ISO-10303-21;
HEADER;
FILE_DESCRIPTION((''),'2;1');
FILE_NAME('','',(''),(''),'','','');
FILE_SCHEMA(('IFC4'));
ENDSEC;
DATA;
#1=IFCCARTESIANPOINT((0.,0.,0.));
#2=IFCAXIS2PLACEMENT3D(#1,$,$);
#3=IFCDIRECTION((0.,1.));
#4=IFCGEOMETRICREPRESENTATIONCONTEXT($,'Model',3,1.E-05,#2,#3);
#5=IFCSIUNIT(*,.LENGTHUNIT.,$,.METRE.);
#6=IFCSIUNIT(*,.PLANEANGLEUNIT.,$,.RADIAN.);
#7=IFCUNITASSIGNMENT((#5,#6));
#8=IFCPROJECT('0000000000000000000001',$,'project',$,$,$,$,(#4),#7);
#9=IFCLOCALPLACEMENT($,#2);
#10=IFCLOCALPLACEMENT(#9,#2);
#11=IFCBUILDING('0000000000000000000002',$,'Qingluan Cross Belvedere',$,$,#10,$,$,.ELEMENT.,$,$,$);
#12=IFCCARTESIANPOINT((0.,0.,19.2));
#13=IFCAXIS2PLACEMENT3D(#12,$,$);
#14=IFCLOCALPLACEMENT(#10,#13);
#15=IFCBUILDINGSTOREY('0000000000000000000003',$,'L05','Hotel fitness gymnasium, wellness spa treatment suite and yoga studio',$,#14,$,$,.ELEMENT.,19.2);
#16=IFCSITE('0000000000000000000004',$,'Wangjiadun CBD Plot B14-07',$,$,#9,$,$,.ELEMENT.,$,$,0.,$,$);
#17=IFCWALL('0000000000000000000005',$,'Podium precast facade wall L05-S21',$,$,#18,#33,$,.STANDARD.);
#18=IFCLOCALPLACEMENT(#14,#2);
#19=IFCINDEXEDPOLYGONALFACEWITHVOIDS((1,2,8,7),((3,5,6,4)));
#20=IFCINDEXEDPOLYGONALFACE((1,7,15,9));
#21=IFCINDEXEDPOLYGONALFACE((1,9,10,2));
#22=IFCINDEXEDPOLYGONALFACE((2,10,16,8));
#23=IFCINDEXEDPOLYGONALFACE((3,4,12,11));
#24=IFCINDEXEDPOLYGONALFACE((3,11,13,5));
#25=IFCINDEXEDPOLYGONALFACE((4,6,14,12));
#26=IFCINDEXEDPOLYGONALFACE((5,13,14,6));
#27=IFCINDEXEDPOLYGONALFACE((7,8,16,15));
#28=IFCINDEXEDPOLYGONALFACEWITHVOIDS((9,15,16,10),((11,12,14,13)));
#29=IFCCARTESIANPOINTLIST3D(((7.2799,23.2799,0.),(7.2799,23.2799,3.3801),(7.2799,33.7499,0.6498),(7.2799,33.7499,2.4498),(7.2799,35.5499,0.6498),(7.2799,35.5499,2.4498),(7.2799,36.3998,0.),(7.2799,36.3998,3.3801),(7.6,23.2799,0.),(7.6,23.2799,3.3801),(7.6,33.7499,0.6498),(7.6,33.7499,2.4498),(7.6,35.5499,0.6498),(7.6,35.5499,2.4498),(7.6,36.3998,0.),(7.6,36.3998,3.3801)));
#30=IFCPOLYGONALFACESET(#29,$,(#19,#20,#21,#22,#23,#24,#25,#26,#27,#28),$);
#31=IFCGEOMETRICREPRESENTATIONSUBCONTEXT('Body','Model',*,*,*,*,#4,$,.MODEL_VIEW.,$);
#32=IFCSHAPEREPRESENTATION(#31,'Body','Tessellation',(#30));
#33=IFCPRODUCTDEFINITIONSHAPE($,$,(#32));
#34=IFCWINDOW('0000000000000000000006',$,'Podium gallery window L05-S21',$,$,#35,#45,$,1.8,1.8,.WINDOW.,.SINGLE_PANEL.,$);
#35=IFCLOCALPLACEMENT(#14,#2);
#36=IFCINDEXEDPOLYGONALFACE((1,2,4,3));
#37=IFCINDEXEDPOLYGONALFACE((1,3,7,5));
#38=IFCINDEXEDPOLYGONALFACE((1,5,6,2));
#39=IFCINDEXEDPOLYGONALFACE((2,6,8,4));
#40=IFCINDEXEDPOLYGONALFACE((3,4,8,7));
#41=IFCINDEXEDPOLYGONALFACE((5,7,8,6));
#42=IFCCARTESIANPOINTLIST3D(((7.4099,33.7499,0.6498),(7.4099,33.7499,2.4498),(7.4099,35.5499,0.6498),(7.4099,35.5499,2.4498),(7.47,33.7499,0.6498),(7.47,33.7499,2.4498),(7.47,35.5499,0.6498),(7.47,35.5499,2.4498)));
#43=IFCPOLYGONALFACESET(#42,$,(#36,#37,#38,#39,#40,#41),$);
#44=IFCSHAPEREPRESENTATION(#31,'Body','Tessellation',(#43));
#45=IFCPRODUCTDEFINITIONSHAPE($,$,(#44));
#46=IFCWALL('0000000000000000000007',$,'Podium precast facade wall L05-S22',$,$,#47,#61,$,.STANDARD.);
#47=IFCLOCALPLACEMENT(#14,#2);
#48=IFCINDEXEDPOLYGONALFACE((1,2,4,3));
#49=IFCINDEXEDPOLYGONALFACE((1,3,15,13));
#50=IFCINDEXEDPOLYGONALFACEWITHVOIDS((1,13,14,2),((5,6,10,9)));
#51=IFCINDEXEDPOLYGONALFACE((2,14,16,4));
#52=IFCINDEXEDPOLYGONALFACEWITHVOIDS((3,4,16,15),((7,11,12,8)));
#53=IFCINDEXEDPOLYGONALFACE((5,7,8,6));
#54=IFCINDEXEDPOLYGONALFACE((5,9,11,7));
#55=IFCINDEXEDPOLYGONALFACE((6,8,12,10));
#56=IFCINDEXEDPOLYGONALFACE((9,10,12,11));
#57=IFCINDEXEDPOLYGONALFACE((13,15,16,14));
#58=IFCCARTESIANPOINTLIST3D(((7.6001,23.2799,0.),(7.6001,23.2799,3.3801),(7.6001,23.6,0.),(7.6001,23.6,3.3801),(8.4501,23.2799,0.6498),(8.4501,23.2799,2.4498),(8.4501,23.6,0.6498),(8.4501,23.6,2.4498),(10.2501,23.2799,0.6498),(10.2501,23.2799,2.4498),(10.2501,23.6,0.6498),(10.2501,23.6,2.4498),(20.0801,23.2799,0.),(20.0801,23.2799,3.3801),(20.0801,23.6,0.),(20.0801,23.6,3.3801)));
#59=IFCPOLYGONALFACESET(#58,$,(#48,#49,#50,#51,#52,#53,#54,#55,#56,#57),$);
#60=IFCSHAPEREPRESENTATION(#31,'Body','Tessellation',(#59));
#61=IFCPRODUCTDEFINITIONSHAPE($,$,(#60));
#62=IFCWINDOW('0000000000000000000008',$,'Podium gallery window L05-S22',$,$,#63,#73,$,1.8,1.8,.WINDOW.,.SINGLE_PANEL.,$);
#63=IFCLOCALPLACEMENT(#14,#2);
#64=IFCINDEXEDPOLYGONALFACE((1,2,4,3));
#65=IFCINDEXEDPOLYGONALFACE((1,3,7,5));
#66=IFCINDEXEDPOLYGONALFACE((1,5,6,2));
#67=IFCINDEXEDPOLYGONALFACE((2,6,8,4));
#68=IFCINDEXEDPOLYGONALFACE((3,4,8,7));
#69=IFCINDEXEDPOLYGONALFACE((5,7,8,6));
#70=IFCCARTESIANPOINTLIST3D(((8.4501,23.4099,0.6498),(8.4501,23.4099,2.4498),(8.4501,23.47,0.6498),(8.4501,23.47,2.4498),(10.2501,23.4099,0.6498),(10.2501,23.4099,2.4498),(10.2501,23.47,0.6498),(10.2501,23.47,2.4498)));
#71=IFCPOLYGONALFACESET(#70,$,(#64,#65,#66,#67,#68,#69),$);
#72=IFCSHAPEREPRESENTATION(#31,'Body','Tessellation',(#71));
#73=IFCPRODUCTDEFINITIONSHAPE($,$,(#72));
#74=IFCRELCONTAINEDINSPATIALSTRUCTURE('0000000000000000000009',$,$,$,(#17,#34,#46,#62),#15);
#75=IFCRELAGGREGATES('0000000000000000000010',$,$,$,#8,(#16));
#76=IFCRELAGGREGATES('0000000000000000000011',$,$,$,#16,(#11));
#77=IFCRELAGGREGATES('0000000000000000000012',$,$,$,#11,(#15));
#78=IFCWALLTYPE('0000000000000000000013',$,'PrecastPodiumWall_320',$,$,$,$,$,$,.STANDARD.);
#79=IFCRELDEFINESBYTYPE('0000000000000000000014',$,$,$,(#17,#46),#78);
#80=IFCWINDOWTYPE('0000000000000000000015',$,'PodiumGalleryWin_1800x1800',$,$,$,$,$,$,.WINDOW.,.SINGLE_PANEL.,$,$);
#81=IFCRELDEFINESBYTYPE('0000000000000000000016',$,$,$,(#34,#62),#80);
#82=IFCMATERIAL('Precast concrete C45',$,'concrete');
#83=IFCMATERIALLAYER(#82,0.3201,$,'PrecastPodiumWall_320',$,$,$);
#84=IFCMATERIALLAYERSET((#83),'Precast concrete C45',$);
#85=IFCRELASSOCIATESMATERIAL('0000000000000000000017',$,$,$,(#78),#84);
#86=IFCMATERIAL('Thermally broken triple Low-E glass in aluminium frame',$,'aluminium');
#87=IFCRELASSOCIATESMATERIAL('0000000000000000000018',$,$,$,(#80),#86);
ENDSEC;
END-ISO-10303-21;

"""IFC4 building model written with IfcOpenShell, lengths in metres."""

from ifc_helpers import new_model, si_unit, direction, frame, frame_2d, origin, place, context, subcontext, project, spatial, rectangle, extrude, material, layer, layer_set, type_object, element, fill, save


model = new_model("IFC4")

# Units and contexts
model_context = context("Model", 3, precision=1e-05, world=origin(), true_north=direction((0.0, 1.0)))
body_context = subcontext(model_context, "Body", "Model", "MODEL_VIEW")
ifc_project = project(units=[si_unit("LENGTHUNIT", "METRE"), si_unit("PLANEANGLEUNIT", "RADIAN")], contexts=[model_context])

# Site, building, storey
site_placement = place(None, origin())
site = spatial("IfcSite", under=ifc_project, at=site_placement, Name="Wangjiadun CBD Plot B14-07", CompositionType="ELEMENT", RefElevation=0.0)
building_placement = place(site_placement, origin())
building = spatial("IfcBuilding", under=site, at=building_placement, Name="Qingluan Cross Belvedere", CompositionType="ELEMENT")
storey_placement = place(building_placement, frame((0.0, 0.0, 19.2)))
storey = spatial("IfcBuildingStorey", under=building, at=storey_placement, Name="L05", Description="Hotel fitness gymnasium, wellness spa treatment suite and yoga studio", CompositionType="ELEMENT", Elevation=19.2)

# Shared definitions
ifc_material_1 = material(Name="Precast concrete C45", Category="concrete")
ifc_layer_1 = layer(ifc_material_1, 0.3201, Name="PrecastPodiumWall_320")
ifc_layer_set_1 = layer_set([ifc_layer_1], Name="Precast concrete C45")
wall_type_1 = type_object("IfcWallType", Name="PrecastPodiumWall_320", PredefinedType="STANDARD", material=ifc_layer_set_1)

# Walls, openings, windows
wall_1_placement = place(storey_placement, frame((7.4399, 36.3999, 0.0), z_axis=(0.0, 0.0, 1.0), x_axis=(0.0, -1.0, 0.0)))
wall_1 = element("IfcWall", 1, at=wall_1_placement, inside=storey, type_object=wall_type_1, Name="Podium precast facade wall L05-S21", PredefinedType="STANDARD", context=body_context, shape_type="SweptSolid", body=[
    extrude(rectangle(XDim=13.1199, YDim=0.3201, at=frame_2d((6.5601, 0.0))), origin(), (0.0, 0.0, 1.0), 3.3801),
])
opening_1_placement = place(wall_1_placement, frame((0.8501, 0.0, 0.6499)))
opening_1 = element("IfcOpeningElement", 2, at=opening_1_placement, cuts=wall_1, PredefinedType="OPENING", context=body_context, shape_type="SweptSolid", body=[
    extrude(rectangle(XDim=1.8, YDim=1.8, at=frame_2d((0.8999, 0.8999))), frame((0.0, 0.1699, 0.0), z_axis=(0.0, -1.0, 0.0), x_axis=(1.0, 0.0, 0.0)), (0.0, 0.0, 1.0), 0.3401),
])
ifc_material_2 = material(Name="Thermally broken triple Low-E glass in aluminium frame", Category="aluminium")
window_type = type_object("IfcWindowType", Name="PodiumGalleryWin_1800x1800", PartitioningType="SINGLE_PANEL", PredefinedType="WINDOW", material=ifc_material_2)
window_1_placement = place(opening_1_placement, origin())
window_1 = element("IfcWindow", 3, at=window_1_placement, inside=storey, type_object=window_type, Name="Podium gallery window L05-S21", OverallHeight=1.8, OverallWidth=1.8, PartitioningType="SINGLE_PANEL", PredefinedType="WINDOW", context=body_context, shape_type="SweptSolid", body=[
    extrude(rectangle(XDim=1.8, YDim=1.8, at=frame_2d((0.8999, 0.8999))), frame((0.0, 0.03, 0.0), z_axis=(0.0, -1.0, 0.0), x_axis=(1.0, 0.0, 0.0)), (0.0, 0.0, 1.0), 0.0601),
])
fill(opening_1, window_1)
wall_2_placement = place(storey_placement, frame((7.6001, 23.4399, 0.0), z_axis=(0.0, 0.0, 1.0), x_axis=(1.0, 0.0, 0.0)))
wall_2 = element("IfcWall", 4, at=wall_2_placement, inside=storey, type_object=wall_type_1, Name="Podium precast facade wall L05-S22", PredefinedType="STANDARD", context=body_context, shape_type="SweptSolid", body=[
    extrude(rectangle(XDim=12.48, YDim=0.3201, at=frame_2d((6.24, 0.0))), origin(), (0.0, 0.0, 1.0), 3.3801),
])
opening_2_placement = place(wall_2_placement, frame((0.8501, 0.0, 0.6499)))
opening_2 = element("IfcOpeningElement", 5, at=opening_2_placement, cuts=wall_2, PredefinedType="OPENING", context=body_context, shape_type="SweptSolid", body=[
    extrude(rectangle(XDim=1.8, YDim=1.8, at=frame_2d((0.8999, 0.8999))), frame((0.0, 0.1699, 0.0), z_axis=(0.0, -1.0, 0.0), x_axis=(1.0, 0.0, 0.0)), (0.0, 0.0, 1.0), 0.3401),
])
window_2_placement = place(opening_2_placement, origin())
window_2 = element("IfcWindow", 6, at=window_2_placement, inside=storey, type_object=window_type, Name="Podium gallery window L05-S22", OverallHeight=1.8, OverallWidth=1.8, PartitioningType="SINGLE_PANEL", PredefinedType="WINDOW", context=body_context, shape_type="SweptSolid", body=[
    extrude(rectangle(XDim=1.8, YDim=1.8, at=frame_2d((0.8999, 0.8999))), frame((0.0, 0.03, 0.0), z_axis=(0.0, -1.0, 0.0), x_axis=(1.0, 0.0, 0.0)), (0.0, 0.0, 1.0), 0.0601),
])
fill(opening_2, window_2)

save(model, "model.ifc")
